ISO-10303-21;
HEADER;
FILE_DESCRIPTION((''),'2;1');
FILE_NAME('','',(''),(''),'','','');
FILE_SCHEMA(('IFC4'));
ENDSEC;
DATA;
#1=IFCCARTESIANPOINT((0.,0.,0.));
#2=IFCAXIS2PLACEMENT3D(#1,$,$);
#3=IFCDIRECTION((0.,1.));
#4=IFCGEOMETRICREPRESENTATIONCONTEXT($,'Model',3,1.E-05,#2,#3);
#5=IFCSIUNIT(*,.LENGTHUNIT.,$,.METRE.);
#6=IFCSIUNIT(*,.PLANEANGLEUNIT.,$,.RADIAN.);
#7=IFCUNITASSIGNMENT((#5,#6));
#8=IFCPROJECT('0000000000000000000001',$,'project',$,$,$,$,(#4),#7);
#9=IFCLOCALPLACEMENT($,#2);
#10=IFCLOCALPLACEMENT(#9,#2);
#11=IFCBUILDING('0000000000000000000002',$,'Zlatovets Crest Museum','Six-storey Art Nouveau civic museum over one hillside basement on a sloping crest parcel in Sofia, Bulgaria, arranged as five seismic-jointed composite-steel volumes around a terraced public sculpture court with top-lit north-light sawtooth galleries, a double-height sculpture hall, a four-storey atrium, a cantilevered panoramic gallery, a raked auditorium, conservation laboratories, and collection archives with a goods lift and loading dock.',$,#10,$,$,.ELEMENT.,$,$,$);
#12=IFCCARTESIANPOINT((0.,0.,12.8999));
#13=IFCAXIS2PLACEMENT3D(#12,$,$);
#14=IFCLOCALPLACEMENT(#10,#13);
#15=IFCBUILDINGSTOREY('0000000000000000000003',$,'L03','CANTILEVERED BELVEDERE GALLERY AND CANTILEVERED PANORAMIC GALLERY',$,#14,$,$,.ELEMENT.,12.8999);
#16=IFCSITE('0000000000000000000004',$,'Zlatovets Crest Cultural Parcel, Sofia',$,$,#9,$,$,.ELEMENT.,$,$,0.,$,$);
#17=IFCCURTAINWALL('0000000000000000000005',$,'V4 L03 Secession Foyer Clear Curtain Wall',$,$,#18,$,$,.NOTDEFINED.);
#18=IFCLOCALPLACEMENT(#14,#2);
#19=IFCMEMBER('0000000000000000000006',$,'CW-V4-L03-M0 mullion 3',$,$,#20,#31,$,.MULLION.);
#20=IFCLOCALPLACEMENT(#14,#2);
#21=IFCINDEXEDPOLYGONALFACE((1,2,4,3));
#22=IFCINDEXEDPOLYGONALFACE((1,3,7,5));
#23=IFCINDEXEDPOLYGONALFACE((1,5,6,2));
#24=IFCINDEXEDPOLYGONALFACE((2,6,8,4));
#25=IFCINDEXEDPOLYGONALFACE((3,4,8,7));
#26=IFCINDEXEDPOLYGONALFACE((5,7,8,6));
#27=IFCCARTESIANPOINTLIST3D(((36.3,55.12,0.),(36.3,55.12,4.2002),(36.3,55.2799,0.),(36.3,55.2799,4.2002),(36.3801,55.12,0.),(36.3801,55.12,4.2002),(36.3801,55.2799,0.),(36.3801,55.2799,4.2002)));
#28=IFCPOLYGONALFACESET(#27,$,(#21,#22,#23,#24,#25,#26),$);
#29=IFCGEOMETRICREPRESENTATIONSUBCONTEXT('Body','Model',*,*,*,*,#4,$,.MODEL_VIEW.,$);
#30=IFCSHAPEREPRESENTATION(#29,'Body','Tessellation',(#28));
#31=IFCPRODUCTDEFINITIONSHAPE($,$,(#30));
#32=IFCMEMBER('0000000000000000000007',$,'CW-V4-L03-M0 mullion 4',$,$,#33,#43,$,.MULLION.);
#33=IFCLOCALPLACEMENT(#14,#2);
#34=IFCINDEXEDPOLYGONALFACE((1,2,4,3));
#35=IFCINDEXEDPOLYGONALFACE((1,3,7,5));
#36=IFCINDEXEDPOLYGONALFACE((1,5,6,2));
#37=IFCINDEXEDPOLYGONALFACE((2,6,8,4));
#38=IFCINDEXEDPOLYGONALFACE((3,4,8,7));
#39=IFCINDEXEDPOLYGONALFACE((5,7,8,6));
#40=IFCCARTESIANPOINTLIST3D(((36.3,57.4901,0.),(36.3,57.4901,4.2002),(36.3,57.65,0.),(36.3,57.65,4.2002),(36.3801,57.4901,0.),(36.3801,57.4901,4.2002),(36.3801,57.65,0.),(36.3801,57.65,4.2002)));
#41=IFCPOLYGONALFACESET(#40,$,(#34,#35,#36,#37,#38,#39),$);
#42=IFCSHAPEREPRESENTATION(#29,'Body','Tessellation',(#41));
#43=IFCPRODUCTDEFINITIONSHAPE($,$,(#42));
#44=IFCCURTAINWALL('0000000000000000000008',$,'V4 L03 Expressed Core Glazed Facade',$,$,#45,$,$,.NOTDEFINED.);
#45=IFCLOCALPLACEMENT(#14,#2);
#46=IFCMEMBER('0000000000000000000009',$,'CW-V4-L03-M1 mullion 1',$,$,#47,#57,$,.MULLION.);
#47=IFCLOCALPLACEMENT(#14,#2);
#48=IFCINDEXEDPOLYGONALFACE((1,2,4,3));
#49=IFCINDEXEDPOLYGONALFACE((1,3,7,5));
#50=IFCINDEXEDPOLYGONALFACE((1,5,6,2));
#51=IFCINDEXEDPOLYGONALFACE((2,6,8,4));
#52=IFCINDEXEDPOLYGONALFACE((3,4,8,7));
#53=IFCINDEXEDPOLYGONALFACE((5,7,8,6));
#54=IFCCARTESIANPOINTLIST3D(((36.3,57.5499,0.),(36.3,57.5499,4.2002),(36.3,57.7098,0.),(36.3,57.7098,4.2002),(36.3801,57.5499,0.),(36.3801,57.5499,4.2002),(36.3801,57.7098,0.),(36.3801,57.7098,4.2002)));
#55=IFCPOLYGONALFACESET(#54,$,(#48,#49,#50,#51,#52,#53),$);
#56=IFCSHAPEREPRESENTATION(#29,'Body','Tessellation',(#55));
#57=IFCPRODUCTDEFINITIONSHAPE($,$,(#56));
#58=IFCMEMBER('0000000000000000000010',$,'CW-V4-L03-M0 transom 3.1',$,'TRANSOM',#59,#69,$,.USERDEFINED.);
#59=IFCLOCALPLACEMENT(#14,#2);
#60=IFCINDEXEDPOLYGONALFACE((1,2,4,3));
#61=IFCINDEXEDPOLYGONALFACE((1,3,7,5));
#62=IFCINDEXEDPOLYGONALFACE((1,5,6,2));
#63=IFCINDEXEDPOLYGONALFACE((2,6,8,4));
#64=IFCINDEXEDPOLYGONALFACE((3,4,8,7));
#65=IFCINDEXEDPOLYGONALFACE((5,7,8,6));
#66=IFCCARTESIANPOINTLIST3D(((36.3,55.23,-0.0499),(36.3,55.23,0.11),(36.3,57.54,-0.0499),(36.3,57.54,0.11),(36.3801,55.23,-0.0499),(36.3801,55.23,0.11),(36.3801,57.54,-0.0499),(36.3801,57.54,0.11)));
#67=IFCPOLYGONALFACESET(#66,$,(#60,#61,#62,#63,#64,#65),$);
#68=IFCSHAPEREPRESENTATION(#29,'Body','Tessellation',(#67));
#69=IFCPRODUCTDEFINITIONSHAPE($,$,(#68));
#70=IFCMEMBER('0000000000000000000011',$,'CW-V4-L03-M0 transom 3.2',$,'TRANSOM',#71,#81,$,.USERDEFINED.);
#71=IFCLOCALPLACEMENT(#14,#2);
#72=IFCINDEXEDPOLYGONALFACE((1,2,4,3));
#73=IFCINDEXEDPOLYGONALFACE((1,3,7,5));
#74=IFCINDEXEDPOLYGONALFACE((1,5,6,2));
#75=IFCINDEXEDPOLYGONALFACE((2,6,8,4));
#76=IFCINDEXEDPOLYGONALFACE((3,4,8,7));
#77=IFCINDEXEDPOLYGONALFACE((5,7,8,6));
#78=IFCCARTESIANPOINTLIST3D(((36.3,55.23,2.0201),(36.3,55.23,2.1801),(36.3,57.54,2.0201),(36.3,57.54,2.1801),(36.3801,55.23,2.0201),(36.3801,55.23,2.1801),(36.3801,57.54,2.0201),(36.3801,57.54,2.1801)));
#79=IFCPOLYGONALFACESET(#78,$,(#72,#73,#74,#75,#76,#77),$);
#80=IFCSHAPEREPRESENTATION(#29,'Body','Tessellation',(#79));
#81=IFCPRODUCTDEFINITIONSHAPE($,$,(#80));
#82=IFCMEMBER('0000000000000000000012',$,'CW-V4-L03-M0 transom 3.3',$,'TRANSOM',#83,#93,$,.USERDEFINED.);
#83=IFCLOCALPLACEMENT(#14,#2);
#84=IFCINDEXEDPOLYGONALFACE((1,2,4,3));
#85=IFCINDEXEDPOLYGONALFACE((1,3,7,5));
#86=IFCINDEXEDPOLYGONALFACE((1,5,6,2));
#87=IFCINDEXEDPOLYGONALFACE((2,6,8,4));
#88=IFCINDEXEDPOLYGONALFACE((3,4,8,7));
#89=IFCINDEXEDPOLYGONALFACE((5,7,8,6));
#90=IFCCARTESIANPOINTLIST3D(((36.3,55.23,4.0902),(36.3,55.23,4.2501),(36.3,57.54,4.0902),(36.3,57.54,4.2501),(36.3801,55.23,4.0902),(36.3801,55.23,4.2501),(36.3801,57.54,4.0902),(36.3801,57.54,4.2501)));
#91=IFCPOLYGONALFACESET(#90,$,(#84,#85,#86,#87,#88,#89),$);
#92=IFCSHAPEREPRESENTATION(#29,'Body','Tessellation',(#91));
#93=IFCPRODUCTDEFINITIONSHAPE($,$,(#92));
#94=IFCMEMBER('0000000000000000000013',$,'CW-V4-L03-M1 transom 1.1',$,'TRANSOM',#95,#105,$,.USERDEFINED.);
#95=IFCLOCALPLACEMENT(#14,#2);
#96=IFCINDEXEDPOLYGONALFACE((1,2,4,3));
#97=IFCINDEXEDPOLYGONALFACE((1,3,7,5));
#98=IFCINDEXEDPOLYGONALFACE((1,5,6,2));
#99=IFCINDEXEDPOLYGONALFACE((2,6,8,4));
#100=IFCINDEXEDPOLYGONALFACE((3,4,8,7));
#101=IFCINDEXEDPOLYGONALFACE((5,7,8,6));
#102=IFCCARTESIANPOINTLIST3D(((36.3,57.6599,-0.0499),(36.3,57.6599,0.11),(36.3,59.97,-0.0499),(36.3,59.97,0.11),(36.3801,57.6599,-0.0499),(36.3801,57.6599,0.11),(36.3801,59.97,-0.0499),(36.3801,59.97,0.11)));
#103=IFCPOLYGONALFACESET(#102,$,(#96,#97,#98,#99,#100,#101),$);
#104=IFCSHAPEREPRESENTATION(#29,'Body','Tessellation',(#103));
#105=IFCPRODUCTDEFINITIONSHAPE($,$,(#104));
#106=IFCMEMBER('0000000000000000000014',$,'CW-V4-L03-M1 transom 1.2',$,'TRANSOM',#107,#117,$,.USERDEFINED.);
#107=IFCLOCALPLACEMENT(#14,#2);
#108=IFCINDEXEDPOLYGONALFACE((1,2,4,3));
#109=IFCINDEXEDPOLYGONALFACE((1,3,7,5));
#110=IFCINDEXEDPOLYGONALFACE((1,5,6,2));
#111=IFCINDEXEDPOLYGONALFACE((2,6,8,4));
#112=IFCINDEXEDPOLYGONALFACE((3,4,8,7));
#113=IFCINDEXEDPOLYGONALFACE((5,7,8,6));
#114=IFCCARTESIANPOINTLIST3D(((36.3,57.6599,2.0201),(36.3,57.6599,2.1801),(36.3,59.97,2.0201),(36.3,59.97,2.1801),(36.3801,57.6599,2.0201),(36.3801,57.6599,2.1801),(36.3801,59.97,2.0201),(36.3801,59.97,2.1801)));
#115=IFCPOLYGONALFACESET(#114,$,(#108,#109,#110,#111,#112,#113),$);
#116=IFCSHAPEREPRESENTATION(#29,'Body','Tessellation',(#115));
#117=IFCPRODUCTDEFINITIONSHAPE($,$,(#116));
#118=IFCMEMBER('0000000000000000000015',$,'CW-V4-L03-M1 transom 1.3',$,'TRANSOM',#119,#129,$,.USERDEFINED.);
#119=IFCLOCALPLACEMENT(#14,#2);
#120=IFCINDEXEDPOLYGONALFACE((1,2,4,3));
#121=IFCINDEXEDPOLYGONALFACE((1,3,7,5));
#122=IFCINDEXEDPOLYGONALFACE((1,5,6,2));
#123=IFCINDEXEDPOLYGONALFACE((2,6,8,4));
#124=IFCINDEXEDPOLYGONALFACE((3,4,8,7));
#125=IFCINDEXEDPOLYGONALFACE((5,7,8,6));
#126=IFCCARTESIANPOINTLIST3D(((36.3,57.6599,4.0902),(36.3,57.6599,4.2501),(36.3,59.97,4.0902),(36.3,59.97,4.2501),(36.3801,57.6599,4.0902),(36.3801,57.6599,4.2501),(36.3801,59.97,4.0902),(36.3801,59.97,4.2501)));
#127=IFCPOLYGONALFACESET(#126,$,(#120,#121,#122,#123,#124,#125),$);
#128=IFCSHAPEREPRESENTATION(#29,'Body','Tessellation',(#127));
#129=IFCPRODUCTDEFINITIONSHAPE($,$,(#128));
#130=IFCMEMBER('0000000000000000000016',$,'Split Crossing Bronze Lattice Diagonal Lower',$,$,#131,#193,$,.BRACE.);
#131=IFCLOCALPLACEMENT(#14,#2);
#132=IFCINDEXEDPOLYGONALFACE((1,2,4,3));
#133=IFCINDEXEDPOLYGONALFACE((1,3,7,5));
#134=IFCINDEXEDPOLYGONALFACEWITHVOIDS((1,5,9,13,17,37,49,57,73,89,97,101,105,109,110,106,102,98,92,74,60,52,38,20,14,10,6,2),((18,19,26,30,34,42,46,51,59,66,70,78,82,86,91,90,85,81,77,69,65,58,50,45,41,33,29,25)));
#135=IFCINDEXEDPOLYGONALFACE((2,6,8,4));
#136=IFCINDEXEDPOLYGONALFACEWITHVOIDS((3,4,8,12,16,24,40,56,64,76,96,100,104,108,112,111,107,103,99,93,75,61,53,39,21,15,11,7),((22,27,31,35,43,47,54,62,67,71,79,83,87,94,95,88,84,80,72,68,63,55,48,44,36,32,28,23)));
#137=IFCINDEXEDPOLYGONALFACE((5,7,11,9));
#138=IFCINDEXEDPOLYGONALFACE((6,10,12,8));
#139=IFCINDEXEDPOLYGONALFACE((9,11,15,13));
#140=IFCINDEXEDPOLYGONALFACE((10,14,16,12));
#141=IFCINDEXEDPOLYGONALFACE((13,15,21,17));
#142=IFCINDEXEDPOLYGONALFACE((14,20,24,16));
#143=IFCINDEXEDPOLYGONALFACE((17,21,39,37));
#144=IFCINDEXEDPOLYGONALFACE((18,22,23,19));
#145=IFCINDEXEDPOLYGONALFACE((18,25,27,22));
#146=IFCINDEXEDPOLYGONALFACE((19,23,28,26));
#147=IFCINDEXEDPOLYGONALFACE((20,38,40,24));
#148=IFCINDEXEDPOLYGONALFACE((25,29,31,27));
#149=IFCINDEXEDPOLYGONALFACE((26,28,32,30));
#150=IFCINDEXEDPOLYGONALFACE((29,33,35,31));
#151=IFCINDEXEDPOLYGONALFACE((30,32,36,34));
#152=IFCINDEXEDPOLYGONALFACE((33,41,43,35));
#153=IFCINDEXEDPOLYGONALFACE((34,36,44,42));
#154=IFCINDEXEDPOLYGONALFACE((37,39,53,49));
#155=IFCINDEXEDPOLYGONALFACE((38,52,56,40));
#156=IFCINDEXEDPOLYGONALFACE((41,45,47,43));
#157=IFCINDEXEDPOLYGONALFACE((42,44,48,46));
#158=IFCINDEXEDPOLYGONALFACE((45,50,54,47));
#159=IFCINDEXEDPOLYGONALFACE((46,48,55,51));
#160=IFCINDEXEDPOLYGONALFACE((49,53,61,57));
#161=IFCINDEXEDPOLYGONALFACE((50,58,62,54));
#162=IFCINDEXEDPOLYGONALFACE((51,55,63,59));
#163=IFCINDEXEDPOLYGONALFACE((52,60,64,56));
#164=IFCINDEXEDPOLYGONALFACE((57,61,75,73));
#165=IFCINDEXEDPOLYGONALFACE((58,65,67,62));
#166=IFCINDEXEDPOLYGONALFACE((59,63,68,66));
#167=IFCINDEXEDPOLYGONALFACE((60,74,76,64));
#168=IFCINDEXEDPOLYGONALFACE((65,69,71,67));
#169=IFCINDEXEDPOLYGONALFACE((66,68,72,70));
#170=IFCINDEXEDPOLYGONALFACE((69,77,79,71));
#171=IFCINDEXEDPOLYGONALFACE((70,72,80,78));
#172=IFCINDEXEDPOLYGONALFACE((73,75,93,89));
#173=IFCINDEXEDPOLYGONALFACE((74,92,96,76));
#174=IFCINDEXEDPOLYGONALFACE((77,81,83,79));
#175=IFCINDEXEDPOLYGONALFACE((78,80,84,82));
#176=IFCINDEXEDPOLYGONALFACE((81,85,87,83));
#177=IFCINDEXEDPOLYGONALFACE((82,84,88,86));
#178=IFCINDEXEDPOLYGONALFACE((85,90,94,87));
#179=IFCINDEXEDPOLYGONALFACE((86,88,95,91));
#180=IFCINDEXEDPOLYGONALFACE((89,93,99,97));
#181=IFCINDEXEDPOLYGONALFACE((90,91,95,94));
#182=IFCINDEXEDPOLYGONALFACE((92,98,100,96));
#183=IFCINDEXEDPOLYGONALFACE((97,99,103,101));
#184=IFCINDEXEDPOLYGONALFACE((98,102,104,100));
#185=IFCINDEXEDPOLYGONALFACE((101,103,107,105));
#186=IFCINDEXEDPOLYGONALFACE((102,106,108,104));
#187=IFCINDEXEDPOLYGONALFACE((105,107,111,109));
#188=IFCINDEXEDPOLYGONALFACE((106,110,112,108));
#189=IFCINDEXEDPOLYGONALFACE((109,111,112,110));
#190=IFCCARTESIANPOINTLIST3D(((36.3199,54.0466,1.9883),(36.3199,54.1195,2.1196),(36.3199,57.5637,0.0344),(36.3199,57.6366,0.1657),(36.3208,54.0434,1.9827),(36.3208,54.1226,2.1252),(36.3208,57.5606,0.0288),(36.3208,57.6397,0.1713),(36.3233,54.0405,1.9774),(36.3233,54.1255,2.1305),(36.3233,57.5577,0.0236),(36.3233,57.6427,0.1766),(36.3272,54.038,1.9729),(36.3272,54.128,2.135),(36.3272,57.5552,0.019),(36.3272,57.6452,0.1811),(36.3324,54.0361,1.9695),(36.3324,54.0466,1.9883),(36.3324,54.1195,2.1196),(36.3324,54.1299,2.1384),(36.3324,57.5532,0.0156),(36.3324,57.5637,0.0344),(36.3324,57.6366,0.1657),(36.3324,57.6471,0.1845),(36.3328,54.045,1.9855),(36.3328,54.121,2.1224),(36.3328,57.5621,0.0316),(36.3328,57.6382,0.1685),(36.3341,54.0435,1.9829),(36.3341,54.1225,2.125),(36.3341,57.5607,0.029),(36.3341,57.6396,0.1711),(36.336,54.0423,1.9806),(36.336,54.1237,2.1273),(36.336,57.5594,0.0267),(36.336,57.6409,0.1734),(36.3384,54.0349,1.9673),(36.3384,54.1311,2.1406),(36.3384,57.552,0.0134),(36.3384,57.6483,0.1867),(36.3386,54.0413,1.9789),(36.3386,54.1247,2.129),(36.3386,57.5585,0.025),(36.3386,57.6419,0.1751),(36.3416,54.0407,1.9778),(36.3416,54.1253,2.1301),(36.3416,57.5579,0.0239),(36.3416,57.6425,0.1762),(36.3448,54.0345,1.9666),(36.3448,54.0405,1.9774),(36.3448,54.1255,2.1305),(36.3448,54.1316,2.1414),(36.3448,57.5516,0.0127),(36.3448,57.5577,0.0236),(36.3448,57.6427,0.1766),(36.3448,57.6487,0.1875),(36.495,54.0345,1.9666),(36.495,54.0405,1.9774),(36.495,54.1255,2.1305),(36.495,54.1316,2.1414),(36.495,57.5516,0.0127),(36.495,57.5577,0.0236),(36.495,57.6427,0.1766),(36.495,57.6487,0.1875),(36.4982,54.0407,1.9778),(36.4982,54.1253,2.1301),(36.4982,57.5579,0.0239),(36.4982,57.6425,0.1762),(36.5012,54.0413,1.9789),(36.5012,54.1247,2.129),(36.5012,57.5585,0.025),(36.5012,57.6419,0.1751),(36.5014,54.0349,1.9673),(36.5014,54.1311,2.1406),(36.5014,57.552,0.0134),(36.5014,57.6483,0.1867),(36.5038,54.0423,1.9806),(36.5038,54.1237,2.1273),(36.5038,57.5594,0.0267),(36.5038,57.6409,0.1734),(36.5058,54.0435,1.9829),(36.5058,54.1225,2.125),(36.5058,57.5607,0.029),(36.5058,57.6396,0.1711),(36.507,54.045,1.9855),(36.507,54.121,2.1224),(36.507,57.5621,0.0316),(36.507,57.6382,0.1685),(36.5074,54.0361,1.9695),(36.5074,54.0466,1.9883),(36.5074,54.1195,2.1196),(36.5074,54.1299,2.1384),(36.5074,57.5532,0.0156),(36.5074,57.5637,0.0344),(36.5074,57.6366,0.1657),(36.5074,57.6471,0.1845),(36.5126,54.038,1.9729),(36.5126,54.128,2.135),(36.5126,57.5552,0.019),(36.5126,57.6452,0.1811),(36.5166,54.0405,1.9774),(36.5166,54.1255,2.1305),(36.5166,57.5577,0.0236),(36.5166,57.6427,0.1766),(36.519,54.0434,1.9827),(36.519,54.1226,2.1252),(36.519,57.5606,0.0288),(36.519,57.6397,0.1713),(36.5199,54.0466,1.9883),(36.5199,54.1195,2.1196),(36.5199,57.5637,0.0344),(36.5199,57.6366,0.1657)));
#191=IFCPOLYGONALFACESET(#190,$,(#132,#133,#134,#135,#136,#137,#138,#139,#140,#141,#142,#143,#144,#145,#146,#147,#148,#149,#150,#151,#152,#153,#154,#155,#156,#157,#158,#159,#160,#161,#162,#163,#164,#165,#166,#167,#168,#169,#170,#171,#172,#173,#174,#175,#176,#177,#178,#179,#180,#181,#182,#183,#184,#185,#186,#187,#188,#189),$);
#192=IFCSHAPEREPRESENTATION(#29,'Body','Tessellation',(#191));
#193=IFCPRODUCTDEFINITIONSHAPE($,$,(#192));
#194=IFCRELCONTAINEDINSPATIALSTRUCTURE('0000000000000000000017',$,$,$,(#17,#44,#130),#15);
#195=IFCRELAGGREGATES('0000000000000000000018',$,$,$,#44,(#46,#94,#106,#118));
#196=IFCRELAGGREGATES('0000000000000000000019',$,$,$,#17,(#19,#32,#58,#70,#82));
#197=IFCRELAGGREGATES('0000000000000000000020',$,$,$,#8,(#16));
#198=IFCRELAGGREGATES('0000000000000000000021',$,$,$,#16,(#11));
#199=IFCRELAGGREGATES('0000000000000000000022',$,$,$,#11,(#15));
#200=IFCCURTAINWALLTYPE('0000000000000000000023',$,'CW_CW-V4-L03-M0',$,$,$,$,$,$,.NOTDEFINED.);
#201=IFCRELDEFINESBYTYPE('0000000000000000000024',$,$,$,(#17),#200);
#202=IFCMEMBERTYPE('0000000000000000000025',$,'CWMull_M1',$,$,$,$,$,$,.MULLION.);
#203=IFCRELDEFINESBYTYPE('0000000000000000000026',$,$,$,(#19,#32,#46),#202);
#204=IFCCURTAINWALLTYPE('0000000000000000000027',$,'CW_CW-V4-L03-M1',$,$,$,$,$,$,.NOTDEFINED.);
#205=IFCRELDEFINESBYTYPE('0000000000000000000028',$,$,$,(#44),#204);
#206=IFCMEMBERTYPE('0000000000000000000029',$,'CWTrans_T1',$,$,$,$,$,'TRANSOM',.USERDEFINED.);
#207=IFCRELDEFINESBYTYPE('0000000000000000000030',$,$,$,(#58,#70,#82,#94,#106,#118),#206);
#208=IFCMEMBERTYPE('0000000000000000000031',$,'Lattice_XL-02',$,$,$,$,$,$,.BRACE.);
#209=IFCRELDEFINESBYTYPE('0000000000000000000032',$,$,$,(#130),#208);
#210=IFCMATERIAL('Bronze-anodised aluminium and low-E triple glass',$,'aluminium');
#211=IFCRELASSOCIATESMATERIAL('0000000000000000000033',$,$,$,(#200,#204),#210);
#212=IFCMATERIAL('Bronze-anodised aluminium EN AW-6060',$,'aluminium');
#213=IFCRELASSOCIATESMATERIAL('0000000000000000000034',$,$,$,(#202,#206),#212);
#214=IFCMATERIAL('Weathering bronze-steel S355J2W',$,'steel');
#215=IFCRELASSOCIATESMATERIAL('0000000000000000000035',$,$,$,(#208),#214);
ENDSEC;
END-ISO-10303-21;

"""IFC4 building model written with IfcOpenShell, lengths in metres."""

from ifc_helpers import new_model, si_unit, direction, frame, origin, origin_2d, place, context, subcontext, project, spatial, rectangle, hollow_rectangle, extrude, material, material_profile, profile_set, type_object, element, aggregate, save


model = new_model("IFC4")

# Units and contexts
model_context = context("Model", 3, precision=1e-05, world=origin(), true_north=direction((0.0, 1.0)))
body_context = subcontext(model_context, "Body", "Model", "MODEL_VIEW")
ifc_project = project(units=[si_unit("LENGTHUNIT", "METRE"), si_unit("PLANEANGLEUNIT", "RADIAN")], contexts=[model_context])

# Site, building, storey
site_placement = place(None, origin())
site = spatial("IfcSite", under=ifc_project, at=site_placement, Name="Zlatovets Crest Cultural Parcel, Sofia", CompositionType="ELEMENT", RefElevation=0.0)
building_placement = place(site_placement, origin())
building = spatial("IfcBuilding", under=site, at=building_placement, Name="Zlatovets Crest Museum", Description="Six-storey Art Nouveau civic museum over one hillside basement on a sloping crest parcel in Sofia, Bulgaria, arranged as five seismic-jointed composite-steel volumes around a terraced public sculpture court with top-lit north-light sawtooth galleries, a double-height sculpture hall, a four-storey atrium, a cantilevered panoramic gallery, a raked auditorium, conservation laboratories, and collection archives with a goods lift and loading dock.", CompositionType="ELEMENT")
storey_placement = place(building_placement, frame((0.0, 0.0, 12.8999)))
storey = spatial("IfcBuildingStorey", under=building, at=storey_placement, Name="L03", Description="CANTILEVERED BELVEDERE GALLERY AND CANTILEVERED PANORAMIC GALLERY", CompositionType="ELEMENT", Elevation=12.8999)

# Curtain wall, members
ifc_material_1 = material(Name="Bronze-anodised aluminium and low-E triple glass", Category="aluminium")
curtain_wall_type_1 = type_object("IfcCurtainWallType", Name="CW_CW-V4-L03-M0", PredefinedType="NOTDEFINED", material=ifc_material_1)
curtain_wall_1_placement = place(storey_placement, origin())
curtain_wall_1 = element("IfcCurtainWall", 1, at=curtain_wall_1_placement, inside=storey, type_object=curtain_wall_type_1, Name="V4 L03 Secession Foyer Clear Curtain Wall", PredefinedType="NOTDEFINED")
ifc_material_2 = material(Name="Bronze-anodised aluminium EN AW-6060", Category="aluminium")
ifc_material_profile_1 = material_profile(ifc_material_2, rectangle(XDim=0.0801, YDim=0.1599, at=origin_2d()), Name="ALU 80x160")
ifc_profile_set_1 = profile_set([ifc_material_profile_1], Name="Bronze-anodised aluminium EN AW-6060")
member_type_1 = type_object("IfcMemberType", Name="CWMull_M1", PredefinedType="MULLION", material=ifc_profile_set_1)
member_1_placement = place(storey_placement, frame((36.3401, 55.2, 0.0), z_axis=(0.0, 0.0, 1.0), x_axis=(-1.0, 0.0, 0.0)))
member_1 = element("IfcMember", 2, at=member_1_placement, type_object=member_type_1, Name="CW-V4-L03-M0 mullion 3", PredefinedType="MULLION", context=body_context, shape_type="SweptSolid", body=[
    extrude(rectangle(XDim=0.0801, YDim=0.1599, at=origin_2d()), origin(), (0.0, 0.0, 1.0), 4.2002),
])
member_2_placement = place(storey_placement, frame((36.3401, 57.5701, 0.0), z_axis=(0.0, 0.0, 1.0), x_axis=(-1.0, 0.0, 0.0)))
member_2 = element("IfcMember", 3, at=member_2_placement, type_object=member_type_1, Name="CW-V4-L03-M0 mullion 4", PredefinedType="MULLION", context=body_context, shape_type="SweptSolid", body=[
    extrude(rectangle(XDim=0.0801, YDim=0.1599, at=origin_2d()), origin(), (0.0, 0.0, 1.0), 4.2002),
])

# Curtain wall, member
curtain_wall_type_2 = type_object("IfcCurtainWallType", Name="CW_CW-V4-L03-M1", PredefinedType="NOTDEFINED", material=ifc_material_1)
curtain_wall_2_placement = place(storey_placement, origin())
curtain_wall_2 = element("IfcCurtainWall", 4, at=curtain_wall_2_placement, inside=storey, type_object=curtain_wall_type_2, Name="V4 L03 Expressed Core Glazed Facade", PredefinedType="NOTDEFINED")
member_3_placement = place(storey_placement, frame((36.3401, 57.6299, 0.0), z_axis=(0.0, 0.0, 1.0), x_axis=(-1.0, 0.0, 0.0)))
member_3 = element("IfcMember", 5, at=member_3_placement, type_object=member_type_1, Name="CW-V4-L03-M1 mullion 1", PredefinedType="MULLION", context=body_context, shape_type="SweptSolid", body=[
    extrude(rectangle(XDim=0.0801, YDim=0.1599, at=origin_2d()), origin(), (0.0, 0.0, 1.0), 4.2002),
])

# Members
ifc_material_profile_2 = material_profile(ifc_material_2, rectangle(XDim=0.0801, YDim=0.1599, at=origin_2d()), Name="ALU 80x160")
ifc_profile_set_2 = profile_set([ifc_material_profile_2], Name="Bronze-anodised aluminium EN AW-6060")
member_type_2 = type_object("IfcMemberType", Name="CWTrans_T1", ElementType="TRANSOM", PredefinedType="USERDEFINED", material=ifc_profile_set_2)
member_4_placement = place(storey_placement, frame((36.3401, 55.23, 0.03), z_axis=(0.0, 1.0, 0.0), x_axis=(-1.0, 0.0, 0.0)))
member_4 = element("IfcMember", 6, at=member_4_placement, type_object=member_type_2, Name="CW-V4-L03-M0 transom 3.1", ObjectType="TRANSOM", PredefinedType="USERDEFINED", context=body_context, shape_type="SweptSolid", body=[
    extrude(rectangle(XDim=0.0801, YDim=0.1599, at=origin_2d()), origin(), (0.0, 0.0, 1.0), 2.3101),
])
member_5_placement = place(storey_placement, frame((36.3401, 55.23, 2.1001), z_axis=(0.0, 1.0, 0.0), x_axis=(-1.0, 0.0, 0.0)))
member_5 = element("IfcMember", 7, at=member_5_placement, type_object=member_type_2, Name="CW-V4-L03-M0 transom 3.2", ObjectType="TRANSOM", PredefinedType="USERDEFINED", context=body_context, shape_type="SweptSolid", body=[
    extrude(rectangle(XDim=0.0801, YDim=0.1599, at=origin_2d()), origin(), (0.0, 0.0, 1.0), 2.3101),
])
member_6_placement = place(storey_placement, frame((36.3401, 55.23, 4.1702), z_axis=(0.0, 1.0, 0.0), x_axis=(-1.0, 0.0, 0.0)))
member_6 = element("IfcMember", 8, at=member_6_placement, type_object=member_type_2, Name="CW-V4-L03-M0 transom 3.3", ObjectType="TRANSOM", PredefinedType="USERDEFINED", context=body_context, shape_type="SweptSolid", body=[
    extrude(rectangle(XDim=0.0801, YDim=0.1599, at=origin_2d()), origin(), (0.0, 0.0, 1.0), 2.3101),
])
member_7_placement = place(storey_placement, frame((36.3401, 57.6599, 0.03), z_axis=(0.0, 1.0, 0.0), x_axis=(-1.0, 0.0, 0.0)))
member_7 = element("IfcMember", 9, at=member_7_placement, type_object=member_type_2, Name="CW-V4-L03-M1 transom 1.1", ObjectType="TRANSOM", PredefinedType="USERDEFINED", context=body_context, shape_type="SweptSolid", body=[
    extrude(rectangle(XDim=0.0801, YDim=0.1599, at=origin_2d()), origin(), (0.0, 0.0, 1.0), 2.3101),
])
member_8_placement = place(storey_placement, frame((36.3401, 57.6599, 2.1001), z_axis=(0.0, 1.0, 0.0), x_axis=(-1.0, 0.0, 0.0)))
member_8 = element("IfcMember", 10, at=member_8_placement, type_object=member_type_2, Name="CW-V4-L03-M1 transom 1.2", ObjectType="TRANSOM", PredefinedType="USERDEFINED", context=body_context, shape_type="SweptSolid", body=[
    extrude(rectangle(XDim=0.0801, YDim=0.1599, at=origin_2d()), origin(), (0.0, 0.0, 1.0), 2.3101),
])
member_9_placement = place(storey_placement, frame((36.3401, 57.6599, 4.1702), z_axis=(0.0, 1.0, 0.0), x_axis=(-1.0, 0.0, 0.0)))
member_9 = element("IfcMember", 11, at=member_9_placement, type_object=member_type_2, Name="CW-V4-L03-M1 transom 1.3", ObjectType="TRANSOM", PredefinedType="USERDEFINED", context=body_context, shape_type="SweptSolid", body=[
    extrude(rectangle(XDim=0.0801, YDim=0.1599, at=origin_2d()), origin(), (0.0, 0.0, 1.0), 2.3101),
])
aggregate(curtain_wall_2, [member_3, member_7, member_8, member_9])

# Member
ifc_material_3 = material(Name="Weathering bronze-steel S355J2W", Category="steel")
ifc_material_profile_3 = material_profile(ifc_material_3, hollow_rectangle(XDim=0.2, YDim=0.2, WallThickness=0.0125, InnerFilletRadius=0.0125, OuterFilletRadius=0.0249, at=origin_2d()), Name="SHS 200x200x12.5")
ifc_profile_set_3 = profile_set([ifc_material_profile_3], Name="Weathering bronze-steel S355J2W")
member_type_3 = type_object("IfcMemberType", Name="Lattice_XL-02", PredefinedType="BRACE", material=ifc_profile_set_3)
member_10_placement = place(storey_placement, frame((36.4199, 54.083, 2.054), z_axis=(0.0, 0.874166, -0.485627), x_axis=(-1.0, 0.0, 0.0)))
element("IfcMember", 12, at=member_10_placement, inside=storey, type_object=member_type_3, Name="Split Crossing Bronze Lattice Diagonal Lower", PredefinedType="BRACE", context=body_context, shape_type="SweptSolid", body=[
    extrude(hollow_rectangle(XDim=0.2, YDim=0.2, WallThickness=0.0125, InnerFilletRadius=0.0125, OuterFilletRadius=0.0249, at=origin_2d()), origin(), (0.0, 0.0, 1.0), 4.0234),
])

aggregate(curtain_wall_1, [member_1, member_2, member_4, member_5, member_6])

save(model, "model.ifc")
